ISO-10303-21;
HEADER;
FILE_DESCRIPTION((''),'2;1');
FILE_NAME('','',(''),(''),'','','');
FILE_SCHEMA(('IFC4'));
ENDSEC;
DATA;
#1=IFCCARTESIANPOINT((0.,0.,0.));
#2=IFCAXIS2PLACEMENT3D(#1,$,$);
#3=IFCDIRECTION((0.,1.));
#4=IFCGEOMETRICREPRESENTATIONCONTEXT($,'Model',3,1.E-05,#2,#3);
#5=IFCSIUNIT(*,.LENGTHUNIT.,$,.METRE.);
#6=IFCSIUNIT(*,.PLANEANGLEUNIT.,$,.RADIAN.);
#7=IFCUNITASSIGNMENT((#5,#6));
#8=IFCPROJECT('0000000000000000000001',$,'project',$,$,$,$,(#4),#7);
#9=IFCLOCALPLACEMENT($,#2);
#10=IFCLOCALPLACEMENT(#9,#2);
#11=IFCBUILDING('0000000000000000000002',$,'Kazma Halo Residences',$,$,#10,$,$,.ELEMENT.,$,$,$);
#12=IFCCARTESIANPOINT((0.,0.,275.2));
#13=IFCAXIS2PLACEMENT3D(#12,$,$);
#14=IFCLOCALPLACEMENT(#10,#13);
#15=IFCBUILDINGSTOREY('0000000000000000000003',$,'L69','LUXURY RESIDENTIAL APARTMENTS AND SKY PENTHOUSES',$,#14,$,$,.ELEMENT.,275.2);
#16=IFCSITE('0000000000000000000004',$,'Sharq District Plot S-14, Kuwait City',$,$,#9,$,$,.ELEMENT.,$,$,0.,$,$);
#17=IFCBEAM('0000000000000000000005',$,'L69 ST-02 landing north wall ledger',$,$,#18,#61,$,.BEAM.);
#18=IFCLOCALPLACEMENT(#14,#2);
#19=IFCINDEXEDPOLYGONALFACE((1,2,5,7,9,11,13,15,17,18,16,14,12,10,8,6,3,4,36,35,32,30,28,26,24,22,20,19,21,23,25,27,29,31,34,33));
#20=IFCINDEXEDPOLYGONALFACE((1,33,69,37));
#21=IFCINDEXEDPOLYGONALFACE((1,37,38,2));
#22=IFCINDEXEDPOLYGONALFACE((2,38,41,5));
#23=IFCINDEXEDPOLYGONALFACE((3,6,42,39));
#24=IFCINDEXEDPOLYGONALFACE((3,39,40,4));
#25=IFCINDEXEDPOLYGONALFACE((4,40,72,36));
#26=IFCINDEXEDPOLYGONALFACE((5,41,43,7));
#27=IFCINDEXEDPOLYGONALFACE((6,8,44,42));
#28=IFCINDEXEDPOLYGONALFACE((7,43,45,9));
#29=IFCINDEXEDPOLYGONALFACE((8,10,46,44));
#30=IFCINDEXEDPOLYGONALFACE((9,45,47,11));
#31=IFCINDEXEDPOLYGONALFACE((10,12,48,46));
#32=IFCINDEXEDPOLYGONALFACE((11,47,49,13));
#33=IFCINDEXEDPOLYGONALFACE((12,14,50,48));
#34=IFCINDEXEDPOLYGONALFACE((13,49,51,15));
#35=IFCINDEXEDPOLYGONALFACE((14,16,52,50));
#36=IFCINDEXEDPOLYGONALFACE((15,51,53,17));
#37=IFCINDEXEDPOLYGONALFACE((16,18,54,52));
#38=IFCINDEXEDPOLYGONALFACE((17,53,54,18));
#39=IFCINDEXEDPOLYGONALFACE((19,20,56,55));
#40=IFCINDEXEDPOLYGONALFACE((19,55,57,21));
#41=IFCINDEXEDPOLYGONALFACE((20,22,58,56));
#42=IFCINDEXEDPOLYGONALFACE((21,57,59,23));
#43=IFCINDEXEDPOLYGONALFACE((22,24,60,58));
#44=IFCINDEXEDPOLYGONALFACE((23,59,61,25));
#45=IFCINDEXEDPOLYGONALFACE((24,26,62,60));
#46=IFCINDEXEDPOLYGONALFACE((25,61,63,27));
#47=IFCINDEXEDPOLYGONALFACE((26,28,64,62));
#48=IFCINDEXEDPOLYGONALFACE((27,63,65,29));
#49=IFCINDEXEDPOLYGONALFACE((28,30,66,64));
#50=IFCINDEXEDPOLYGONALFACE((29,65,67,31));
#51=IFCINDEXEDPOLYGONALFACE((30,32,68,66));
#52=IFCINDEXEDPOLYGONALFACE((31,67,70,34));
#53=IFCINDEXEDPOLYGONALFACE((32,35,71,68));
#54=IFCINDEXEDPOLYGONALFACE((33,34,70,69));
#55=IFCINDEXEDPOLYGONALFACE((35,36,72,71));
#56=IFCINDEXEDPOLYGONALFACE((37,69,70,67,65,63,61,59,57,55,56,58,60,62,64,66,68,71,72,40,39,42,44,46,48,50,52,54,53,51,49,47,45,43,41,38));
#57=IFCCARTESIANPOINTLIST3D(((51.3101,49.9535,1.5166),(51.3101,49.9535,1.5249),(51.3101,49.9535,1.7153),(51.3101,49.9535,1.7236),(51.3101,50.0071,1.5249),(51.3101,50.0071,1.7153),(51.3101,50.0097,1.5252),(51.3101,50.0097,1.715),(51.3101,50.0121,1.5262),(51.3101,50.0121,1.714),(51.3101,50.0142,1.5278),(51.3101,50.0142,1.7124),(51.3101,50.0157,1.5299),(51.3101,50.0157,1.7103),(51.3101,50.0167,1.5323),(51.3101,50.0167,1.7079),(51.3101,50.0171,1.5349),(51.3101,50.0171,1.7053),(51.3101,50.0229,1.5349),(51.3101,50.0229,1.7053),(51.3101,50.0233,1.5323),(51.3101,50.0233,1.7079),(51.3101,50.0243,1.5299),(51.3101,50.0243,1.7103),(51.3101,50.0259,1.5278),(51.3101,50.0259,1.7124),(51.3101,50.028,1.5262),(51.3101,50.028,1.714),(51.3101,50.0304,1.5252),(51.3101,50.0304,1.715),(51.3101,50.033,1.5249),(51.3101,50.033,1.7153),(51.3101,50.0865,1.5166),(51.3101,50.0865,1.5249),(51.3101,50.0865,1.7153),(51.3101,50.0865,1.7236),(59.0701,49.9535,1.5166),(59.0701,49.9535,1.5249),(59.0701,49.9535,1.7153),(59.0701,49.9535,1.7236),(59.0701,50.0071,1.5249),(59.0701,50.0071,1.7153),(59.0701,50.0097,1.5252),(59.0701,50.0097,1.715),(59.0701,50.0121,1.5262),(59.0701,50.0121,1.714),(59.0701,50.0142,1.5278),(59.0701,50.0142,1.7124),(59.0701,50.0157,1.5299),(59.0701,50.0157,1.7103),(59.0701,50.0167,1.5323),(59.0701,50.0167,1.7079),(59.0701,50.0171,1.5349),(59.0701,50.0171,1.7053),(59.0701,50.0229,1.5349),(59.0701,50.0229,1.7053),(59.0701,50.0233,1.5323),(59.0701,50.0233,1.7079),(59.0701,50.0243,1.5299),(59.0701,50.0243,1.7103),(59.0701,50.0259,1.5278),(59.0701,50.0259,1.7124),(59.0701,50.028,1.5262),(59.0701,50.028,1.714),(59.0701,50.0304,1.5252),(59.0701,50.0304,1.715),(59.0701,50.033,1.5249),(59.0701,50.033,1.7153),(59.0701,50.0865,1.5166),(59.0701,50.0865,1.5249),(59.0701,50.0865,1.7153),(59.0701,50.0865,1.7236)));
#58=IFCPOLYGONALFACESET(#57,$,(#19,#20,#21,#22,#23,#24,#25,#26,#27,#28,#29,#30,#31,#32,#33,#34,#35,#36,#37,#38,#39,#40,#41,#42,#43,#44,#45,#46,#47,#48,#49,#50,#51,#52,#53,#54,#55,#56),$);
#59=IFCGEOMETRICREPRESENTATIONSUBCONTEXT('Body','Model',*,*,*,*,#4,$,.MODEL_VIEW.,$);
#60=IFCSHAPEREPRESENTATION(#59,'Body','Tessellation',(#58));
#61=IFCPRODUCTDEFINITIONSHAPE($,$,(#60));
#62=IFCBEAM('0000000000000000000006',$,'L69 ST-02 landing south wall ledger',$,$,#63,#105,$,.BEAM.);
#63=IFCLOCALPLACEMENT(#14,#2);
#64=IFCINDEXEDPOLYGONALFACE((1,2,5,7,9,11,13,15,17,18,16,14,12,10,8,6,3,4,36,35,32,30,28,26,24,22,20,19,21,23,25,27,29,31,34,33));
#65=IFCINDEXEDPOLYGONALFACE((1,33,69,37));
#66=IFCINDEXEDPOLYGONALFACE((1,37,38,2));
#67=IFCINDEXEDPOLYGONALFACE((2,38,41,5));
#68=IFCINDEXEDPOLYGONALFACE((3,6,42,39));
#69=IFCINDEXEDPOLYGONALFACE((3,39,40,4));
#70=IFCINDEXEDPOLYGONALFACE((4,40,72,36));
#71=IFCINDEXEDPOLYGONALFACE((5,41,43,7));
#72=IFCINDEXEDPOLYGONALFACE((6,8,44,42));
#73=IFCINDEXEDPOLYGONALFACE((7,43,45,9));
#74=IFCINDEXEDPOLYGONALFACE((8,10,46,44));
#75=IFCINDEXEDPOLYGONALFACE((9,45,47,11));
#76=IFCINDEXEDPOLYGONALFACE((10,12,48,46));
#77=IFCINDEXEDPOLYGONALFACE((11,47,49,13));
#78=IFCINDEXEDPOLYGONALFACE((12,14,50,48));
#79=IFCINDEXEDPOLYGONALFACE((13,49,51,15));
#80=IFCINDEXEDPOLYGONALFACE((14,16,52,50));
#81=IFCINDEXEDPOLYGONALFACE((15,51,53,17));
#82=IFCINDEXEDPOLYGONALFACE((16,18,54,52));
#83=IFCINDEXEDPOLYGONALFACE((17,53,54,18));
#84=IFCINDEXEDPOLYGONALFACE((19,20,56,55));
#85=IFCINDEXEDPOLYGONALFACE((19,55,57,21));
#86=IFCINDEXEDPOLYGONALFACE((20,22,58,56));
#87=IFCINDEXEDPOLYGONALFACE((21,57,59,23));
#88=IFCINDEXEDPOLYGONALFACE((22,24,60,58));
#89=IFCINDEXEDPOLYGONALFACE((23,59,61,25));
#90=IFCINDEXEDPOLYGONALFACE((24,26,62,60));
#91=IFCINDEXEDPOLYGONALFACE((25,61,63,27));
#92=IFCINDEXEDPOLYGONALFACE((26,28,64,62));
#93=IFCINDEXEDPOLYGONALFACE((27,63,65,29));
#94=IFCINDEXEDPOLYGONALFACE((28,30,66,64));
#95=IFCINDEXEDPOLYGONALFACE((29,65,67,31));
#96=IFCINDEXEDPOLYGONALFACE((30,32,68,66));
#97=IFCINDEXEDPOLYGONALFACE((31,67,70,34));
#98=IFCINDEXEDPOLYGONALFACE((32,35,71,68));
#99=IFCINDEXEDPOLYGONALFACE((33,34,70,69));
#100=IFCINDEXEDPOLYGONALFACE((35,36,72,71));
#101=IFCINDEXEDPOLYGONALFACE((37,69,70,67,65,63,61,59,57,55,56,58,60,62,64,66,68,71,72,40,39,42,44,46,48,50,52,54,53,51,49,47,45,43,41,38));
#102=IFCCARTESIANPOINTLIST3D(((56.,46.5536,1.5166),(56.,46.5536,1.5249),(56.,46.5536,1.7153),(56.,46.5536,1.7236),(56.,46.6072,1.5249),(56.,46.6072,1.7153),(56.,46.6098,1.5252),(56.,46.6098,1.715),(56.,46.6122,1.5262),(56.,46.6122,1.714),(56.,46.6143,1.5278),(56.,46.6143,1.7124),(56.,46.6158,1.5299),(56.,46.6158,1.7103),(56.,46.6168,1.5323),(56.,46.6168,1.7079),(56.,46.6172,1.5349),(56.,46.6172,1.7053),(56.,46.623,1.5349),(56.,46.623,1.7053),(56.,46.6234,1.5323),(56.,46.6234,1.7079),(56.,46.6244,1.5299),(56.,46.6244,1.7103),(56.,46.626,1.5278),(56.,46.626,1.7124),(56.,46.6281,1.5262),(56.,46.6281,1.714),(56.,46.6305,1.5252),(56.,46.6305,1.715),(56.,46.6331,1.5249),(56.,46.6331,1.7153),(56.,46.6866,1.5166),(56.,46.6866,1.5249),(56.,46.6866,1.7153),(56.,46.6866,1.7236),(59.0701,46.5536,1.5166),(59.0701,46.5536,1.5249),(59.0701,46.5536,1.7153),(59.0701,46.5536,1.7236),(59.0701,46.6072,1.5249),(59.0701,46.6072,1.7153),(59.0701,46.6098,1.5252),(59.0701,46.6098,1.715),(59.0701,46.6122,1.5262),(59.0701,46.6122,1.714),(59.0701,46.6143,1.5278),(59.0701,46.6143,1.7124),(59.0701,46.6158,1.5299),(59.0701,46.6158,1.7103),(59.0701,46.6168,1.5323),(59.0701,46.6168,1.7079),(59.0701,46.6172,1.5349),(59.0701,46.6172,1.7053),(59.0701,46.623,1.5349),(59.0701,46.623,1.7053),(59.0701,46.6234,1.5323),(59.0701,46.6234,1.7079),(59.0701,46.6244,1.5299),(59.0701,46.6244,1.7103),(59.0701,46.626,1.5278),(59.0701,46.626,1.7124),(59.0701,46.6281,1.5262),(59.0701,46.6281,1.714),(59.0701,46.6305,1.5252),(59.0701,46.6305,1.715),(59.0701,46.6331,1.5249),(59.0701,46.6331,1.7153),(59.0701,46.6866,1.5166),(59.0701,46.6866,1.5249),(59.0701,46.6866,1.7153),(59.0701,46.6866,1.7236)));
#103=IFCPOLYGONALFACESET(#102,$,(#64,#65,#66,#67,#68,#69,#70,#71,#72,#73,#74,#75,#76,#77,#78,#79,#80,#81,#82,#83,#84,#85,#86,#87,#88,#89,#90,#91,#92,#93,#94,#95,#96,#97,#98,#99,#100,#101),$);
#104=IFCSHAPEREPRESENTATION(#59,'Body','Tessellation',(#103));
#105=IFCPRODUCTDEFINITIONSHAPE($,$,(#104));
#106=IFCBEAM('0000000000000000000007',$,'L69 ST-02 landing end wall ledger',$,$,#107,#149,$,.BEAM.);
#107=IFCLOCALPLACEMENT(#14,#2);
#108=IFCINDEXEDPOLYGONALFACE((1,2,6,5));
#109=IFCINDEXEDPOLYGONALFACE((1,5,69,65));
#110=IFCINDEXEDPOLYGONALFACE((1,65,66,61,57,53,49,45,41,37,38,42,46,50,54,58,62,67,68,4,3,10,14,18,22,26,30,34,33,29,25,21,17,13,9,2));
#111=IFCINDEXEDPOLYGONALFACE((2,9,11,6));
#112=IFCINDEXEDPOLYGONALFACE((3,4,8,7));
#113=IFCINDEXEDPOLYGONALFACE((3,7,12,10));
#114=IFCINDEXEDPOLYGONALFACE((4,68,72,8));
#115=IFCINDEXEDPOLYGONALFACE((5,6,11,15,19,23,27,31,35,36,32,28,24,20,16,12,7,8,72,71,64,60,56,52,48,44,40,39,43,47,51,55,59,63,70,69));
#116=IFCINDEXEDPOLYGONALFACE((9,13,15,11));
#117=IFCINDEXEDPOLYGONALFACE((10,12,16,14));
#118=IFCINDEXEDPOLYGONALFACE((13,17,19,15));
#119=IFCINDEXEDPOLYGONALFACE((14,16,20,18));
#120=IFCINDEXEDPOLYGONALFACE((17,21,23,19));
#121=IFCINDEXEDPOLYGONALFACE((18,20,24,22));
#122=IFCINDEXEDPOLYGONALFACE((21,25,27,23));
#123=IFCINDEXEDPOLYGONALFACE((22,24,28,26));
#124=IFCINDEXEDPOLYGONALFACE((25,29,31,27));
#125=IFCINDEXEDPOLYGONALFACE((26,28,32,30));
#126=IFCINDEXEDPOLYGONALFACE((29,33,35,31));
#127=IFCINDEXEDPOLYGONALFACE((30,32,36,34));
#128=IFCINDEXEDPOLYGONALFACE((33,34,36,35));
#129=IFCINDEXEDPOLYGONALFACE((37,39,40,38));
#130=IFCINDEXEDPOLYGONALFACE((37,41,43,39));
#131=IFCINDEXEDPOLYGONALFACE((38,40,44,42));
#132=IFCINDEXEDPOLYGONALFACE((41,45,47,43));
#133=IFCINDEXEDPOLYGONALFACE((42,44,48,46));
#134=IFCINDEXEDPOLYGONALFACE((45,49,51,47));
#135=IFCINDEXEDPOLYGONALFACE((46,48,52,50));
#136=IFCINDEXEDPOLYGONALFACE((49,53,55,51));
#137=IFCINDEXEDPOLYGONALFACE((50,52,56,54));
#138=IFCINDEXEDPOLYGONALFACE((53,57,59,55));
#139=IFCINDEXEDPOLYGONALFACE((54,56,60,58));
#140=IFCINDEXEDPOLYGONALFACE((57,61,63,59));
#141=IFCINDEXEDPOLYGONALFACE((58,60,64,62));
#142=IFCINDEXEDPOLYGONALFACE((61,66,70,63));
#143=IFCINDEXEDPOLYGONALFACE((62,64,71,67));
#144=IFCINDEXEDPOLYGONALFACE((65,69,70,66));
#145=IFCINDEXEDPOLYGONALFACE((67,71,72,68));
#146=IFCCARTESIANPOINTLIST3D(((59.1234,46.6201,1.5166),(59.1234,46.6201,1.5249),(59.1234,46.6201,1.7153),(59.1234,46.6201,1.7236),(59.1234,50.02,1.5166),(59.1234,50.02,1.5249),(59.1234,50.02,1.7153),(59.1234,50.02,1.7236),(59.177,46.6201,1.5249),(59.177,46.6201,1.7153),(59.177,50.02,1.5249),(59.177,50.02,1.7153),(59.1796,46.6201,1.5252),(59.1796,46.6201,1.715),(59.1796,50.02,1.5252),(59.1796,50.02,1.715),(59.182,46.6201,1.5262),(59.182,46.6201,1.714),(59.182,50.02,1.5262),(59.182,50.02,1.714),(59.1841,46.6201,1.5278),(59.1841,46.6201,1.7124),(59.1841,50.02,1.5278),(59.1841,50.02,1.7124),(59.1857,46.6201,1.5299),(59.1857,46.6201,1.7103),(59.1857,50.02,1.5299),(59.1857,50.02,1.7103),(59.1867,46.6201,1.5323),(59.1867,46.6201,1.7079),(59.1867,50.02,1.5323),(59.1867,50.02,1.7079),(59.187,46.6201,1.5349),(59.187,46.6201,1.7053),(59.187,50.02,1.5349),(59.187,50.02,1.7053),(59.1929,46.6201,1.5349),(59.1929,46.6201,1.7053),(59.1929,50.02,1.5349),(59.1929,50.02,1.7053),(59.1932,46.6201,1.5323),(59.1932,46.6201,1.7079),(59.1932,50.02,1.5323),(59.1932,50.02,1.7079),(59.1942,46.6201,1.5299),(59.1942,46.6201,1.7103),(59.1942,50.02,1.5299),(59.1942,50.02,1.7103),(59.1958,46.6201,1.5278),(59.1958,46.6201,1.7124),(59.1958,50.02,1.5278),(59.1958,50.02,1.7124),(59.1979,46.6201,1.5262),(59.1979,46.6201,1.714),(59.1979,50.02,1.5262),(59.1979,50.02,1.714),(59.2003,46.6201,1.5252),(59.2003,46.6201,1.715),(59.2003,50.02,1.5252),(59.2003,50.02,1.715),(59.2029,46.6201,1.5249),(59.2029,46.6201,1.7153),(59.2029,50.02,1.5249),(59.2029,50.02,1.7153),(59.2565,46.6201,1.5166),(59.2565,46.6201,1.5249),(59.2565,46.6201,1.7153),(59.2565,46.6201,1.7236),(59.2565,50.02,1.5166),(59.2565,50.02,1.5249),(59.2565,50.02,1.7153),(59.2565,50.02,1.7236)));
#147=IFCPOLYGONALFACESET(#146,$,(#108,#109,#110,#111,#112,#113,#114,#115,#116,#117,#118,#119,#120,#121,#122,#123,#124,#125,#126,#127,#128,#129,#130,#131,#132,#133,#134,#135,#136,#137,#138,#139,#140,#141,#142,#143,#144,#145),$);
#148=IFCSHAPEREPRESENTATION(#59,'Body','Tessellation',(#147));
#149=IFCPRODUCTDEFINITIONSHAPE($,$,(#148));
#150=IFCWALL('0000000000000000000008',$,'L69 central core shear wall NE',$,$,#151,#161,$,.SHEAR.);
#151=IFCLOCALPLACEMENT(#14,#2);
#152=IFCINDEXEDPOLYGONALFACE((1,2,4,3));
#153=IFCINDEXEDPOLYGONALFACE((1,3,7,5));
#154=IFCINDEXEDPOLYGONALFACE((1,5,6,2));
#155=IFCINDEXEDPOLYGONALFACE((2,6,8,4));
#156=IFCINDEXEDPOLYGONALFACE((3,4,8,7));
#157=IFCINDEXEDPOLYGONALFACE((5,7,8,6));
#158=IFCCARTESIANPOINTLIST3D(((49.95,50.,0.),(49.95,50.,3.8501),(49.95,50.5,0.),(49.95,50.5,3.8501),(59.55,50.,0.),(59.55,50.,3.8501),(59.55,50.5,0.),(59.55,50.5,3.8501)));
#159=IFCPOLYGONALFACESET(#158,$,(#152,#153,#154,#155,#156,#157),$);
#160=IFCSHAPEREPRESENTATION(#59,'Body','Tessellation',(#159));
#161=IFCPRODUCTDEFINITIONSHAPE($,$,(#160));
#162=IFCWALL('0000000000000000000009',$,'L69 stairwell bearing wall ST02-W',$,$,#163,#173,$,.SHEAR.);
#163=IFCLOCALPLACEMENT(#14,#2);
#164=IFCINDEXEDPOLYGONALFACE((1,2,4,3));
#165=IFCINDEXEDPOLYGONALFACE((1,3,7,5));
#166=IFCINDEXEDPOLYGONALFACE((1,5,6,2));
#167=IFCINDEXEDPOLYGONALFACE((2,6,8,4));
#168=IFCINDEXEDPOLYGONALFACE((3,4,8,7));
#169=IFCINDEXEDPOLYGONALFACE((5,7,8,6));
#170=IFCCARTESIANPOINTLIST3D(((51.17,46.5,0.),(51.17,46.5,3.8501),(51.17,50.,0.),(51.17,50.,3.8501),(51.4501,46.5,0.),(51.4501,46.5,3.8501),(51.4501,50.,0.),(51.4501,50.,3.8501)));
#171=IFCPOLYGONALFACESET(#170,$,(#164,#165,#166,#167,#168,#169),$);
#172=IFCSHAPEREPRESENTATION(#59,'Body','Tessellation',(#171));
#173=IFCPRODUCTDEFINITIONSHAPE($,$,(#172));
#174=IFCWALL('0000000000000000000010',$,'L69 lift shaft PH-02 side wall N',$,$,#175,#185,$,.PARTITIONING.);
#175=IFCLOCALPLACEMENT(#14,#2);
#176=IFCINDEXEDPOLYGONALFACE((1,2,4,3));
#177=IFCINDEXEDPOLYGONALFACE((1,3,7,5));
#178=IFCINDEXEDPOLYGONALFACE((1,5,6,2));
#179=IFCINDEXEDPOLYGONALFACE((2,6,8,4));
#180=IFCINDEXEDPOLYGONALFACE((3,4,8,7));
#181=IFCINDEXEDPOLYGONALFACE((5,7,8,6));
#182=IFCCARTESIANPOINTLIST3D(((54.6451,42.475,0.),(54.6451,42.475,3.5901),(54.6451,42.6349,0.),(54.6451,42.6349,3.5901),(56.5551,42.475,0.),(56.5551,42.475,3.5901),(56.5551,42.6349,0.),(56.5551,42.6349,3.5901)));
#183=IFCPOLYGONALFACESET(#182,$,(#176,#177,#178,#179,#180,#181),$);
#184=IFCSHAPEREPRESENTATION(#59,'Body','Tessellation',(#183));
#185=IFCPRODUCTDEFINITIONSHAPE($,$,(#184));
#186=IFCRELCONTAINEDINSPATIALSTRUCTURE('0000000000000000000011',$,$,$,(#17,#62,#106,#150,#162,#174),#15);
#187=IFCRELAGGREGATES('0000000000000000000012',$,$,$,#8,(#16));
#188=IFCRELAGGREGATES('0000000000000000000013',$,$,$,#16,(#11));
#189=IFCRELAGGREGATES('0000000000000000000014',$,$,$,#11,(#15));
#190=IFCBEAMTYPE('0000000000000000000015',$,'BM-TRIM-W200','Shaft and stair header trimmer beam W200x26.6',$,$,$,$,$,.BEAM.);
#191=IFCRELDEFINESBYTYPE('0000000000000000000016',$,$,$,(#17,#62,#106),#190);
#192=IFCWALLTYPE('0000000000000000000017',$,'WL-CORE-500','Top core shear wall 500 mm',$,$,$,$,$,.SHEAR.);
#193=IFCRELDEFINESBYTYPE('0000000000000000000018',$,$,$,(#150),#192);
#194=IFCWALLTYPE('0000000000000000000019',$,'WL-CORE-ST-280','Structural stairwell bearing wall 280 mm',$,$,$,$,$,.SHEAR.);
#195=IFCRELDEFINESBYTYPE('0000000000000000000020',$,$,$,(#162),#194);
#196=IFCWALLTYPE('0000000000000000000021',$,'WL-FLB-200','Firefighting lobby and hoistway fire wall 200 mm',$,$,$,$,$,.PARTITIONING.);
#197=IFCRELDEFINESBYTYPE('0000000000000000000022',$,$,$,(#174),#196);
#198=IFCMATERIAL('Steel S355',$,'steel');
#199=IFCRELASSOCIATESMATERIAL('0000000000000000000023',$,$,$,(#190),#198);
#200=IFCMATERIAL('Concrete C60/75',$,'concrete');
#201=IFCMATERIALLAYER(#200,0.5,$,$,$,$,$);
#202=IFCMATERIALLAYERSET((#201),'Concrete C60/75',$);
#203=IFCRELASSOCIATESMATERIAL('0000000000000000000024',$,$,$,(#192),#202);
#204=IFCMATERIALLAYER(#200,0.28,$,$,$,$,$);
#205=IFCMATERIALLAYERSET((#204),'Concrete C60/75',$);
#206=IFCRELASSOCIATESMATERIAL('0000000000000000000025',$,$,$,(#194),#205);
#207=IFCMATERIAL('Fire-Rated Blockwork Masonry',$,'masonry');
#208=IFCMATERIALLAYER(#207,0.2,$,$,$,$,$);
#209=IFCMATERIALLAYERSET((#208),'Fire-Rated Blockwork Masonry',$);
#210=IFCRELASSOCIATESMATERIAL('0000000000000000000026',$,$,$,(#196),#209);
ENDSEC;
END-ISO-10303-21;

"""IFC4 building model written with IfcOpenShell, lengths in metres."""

from ifc_helpers import new_model, si_unit, direction, frame, frame_2d, origin, origin_2d, place, context, subcontext, project, spatial, rectangle, i_section, extrude, material, layer, layer_set, material_profile, profile_set, type_object, element, save


model = new_model("IFC4")

# Units and contexts
model_context = context("Model", 3, precision=1e-05, world=origin(), true_north=direction((0.0, 1.0)))
body_context = subcontext(model_context, "Body", "Model", "MODEL_VIEW")
ifc_project = project(units=[si_unit("LENGTHUNIT", "METRE"), si_unit("PLANEANGLEUNIT", "RADIAN")], contexts=[model_context])

# Site, building, storey
site_placement = place(None, origin())
site = spatial("IfcSite", under=ifc_project, at=site_placement, Name="Sharq District Plot S-14, Kuwait City", CompositionType="ELEMENT", RefElevation=0.0)
building_placement = place(site_placement, origin())
building = spatial("IfcBuilding", under=site, at=building_placement, Name="Kazma Halo Residences", CompositionType="ELEMENT")
storey_placement = place(building_placement, frame((0.0, 0.0, 275.2)))
storey = spatial("IfcBuildingStorey", under=building, at=storey_placement, Name="L69", Description="LUXURY RESIDENTIAL APARTMENTS AND SKY PENTHOUSES", CompositionType="ELEMENT", Elevation=275.2)

# Shared definitions
ifc_material_1 = material(Name="Steel S355", Category="steel")

# Beams
ifc_material_profile_1 = material_profile(ifc_material_1, i_section(OverallWidth=0.1331, OverallDepth=0.207, WebThickness=0.0059, FlangeThickness=0.0083, FilletRadius=0.01, at=origin_2d()), Name="W200x26.6")
ifc_profile_set_1 = profile_set([ifc_material_profile_1], Name="Steel S355")
beam_type_1 = type_object("IfcBeamType", Name="BM-TRIM-W200", Description="Shaft and stair header trimmer beam W200x26.6", PredefinedType="BEAM", material=ifc_profile_set_1)
beam_1_placement = place(storey_placement, frame((51.3101, 50.02, 1.6201), z_axis=(1.0, 0.0, 0.0), x_axis=(0.0, 1.0, 0.0)))
element("IfcBeam", 1, at=beam_1_placement, inside=storey, type_object=beam_type_1, Name="L69 ST-02 landing north wall ledger", PredefinedType="BEAM", context=body_context, shape_type="SweptSolid", body=[
    extrude(i_section(OverallWidth=0.1331, OverallDepth=0.207, WebThickness=0.0059, FlangeThickness=0.0083, FilletRadius=0.01, at=origin_2d()), origin(), (0.0, 0.0, 1.0), 7.76),
])
beam_2_placement = place(storey_placement, frame((56.0, 46.6201, 1.6201), z_axis=(1.0, 0.0, 0.0), x_axis=(0.0, 1.0, 0.0)))
element("IfcBeam", 2, at=beam_2_placement, inside=storey, type_object=beam_type_1, Name="L69 ST-02 landing south wall ledger", PredefinedType="BEAM", context=body_context, shape_type="SweptSolid", body=[
    extrude(i_section(OverallWidth=0.1331, OverallDepth=0.207, WebThickness=0.0059, FlangeThickness=0.0083, FilletRadius=0.01, at=origin_2d()), origin(), (0.0, 0.0, 1.0), 3.0701),
])
beam_3_placement = place(storey_placement, frame((59.1899, 46.6201, 1.6201), z_axis=(0.0, 1.0, 0.0), x_axis=(-1.0, 0.0, 0.0)))
element("IfcBeam", 3, at=beam_3_placement, inside=storey, type_object=beam_type_1, Name="L69 ST-02 landing end wall ledger", PredefinedType="BEAM", context=body_context, shape_type="SweptSolid", body=[
    extrude(i_section(OverallWidth=0.1331, OverallDepth=0.207, WebThickness=0.0059, FlangeThickness=0.0083, FilletRadius=0.01, at=origin_2d()), origin(), (0.0, 0.0, 1.0), 3.3999),
])

# Walls
ifc_material_2 = material(Name="Concrete C60/75", Category="concrete")
ifc_layer_1 = layer(ifc_material_2, 0.5)
ifc_layer_set_1 = layer_set([ifc_layer_1], Name="Concrete C60/75")
wall_type_1 = type_object("IfcWallType", Name="WL-CORE-500", Description="Top core shear wall 500 mm", PredefinedType="SHEAR", material=ifc_layer_set_1)
wall_1_placement = place(storey_placement, frame((49.95, 50.25, 0.0), z_axis=(0.0, 0.0, 1.0), x_axis=(1.0, 0.0, 0.0)))
element("IfcWall", 4, at=wall_1_placement, inside=storey, type_object=wall_type_1, Name="L69 central core shear wall NE", PredefinedType="SHEAR", context=body_context, shape_type="SweptSolid", body=[
    extrude(rectangle(XDim=9.6001, YDim=0.5, at=frame_2d((4.8, 0.0))), origin(), (0.0, 0.0, 1.0), 3.8501),
])
ifc_layer_2 = layer(ifc_material_2, 0.28)
ifc_layer_set_2 = layer_set([ifc_layer_2], Name="Concrete C60/75")
wall_type_2 = type_object("IfcWallType", Name="WL-CORE-ST-280", Description="Structural stairwell bearing wall 280 mm", PredefinedType="SHEAR", material=ifc_layer_set_2)
wall_2_placement = place(storey_placement, frame((51.3101, 46.5, 0.0), z_axis=(0.0, 0.0, 1.0), x_axis=(0.0, 1.0, 0.0)))
element("IfcWall", 5, at=wall_2_placement, inside=storey, type_object=wall_type_2, Name="L69 stairwell bearing wall ST02-W", PredefinedType="SHEAR", context=body_context, shape_type="SweptSolid", body=[
    extrude(rectangle(XDim=3.5, YDim=0.28, at=frame_2d((1.75, 0.0))), origin(), (0.0, 0.0, 1.0), 3.8501),
])
ifc_material_3 = material(Name="Fire-Rated Blockwork Masonry", Category="masonry")
ifc_layer_3 = layer(ifc_material_3, 0.2)
ifc_layer_set_3 = layer_set([ifc_layer_3], Name="Fire-Rated Blockwork Masonry")
wall_type_3 = type_object("IfcWallType", Name="WL-FLB-200", Description="Firefighting lobby and hoistway fire wall 200 mm", PredefinedType="PARTITIONING", material=ifc_layer_set_3)
wall_3_placement = place(storey_placement, frame((54.645, 42.5549, 0.0), z_axis=(0.0, 0.0, 1.0), x_axis=(1.0, 0.0, 0.0)))
element("IfcWall", 6, at=wall_3_placement, inside=storey, type_object=wall_type_3, Name="L69 lift shaft PH-02 side wall N", PredefinedType="PARTITIONING", context=body_context, shape_type="SweptSolid", body=[
    extrude(rectangle(XDim=1.9099, YDim=0.1599, at=frame_2d((0.9551, 0.0))), origin(), (0.0, 0.0, 1.0), 3.5901),
])

save(model, "model.ifc")
